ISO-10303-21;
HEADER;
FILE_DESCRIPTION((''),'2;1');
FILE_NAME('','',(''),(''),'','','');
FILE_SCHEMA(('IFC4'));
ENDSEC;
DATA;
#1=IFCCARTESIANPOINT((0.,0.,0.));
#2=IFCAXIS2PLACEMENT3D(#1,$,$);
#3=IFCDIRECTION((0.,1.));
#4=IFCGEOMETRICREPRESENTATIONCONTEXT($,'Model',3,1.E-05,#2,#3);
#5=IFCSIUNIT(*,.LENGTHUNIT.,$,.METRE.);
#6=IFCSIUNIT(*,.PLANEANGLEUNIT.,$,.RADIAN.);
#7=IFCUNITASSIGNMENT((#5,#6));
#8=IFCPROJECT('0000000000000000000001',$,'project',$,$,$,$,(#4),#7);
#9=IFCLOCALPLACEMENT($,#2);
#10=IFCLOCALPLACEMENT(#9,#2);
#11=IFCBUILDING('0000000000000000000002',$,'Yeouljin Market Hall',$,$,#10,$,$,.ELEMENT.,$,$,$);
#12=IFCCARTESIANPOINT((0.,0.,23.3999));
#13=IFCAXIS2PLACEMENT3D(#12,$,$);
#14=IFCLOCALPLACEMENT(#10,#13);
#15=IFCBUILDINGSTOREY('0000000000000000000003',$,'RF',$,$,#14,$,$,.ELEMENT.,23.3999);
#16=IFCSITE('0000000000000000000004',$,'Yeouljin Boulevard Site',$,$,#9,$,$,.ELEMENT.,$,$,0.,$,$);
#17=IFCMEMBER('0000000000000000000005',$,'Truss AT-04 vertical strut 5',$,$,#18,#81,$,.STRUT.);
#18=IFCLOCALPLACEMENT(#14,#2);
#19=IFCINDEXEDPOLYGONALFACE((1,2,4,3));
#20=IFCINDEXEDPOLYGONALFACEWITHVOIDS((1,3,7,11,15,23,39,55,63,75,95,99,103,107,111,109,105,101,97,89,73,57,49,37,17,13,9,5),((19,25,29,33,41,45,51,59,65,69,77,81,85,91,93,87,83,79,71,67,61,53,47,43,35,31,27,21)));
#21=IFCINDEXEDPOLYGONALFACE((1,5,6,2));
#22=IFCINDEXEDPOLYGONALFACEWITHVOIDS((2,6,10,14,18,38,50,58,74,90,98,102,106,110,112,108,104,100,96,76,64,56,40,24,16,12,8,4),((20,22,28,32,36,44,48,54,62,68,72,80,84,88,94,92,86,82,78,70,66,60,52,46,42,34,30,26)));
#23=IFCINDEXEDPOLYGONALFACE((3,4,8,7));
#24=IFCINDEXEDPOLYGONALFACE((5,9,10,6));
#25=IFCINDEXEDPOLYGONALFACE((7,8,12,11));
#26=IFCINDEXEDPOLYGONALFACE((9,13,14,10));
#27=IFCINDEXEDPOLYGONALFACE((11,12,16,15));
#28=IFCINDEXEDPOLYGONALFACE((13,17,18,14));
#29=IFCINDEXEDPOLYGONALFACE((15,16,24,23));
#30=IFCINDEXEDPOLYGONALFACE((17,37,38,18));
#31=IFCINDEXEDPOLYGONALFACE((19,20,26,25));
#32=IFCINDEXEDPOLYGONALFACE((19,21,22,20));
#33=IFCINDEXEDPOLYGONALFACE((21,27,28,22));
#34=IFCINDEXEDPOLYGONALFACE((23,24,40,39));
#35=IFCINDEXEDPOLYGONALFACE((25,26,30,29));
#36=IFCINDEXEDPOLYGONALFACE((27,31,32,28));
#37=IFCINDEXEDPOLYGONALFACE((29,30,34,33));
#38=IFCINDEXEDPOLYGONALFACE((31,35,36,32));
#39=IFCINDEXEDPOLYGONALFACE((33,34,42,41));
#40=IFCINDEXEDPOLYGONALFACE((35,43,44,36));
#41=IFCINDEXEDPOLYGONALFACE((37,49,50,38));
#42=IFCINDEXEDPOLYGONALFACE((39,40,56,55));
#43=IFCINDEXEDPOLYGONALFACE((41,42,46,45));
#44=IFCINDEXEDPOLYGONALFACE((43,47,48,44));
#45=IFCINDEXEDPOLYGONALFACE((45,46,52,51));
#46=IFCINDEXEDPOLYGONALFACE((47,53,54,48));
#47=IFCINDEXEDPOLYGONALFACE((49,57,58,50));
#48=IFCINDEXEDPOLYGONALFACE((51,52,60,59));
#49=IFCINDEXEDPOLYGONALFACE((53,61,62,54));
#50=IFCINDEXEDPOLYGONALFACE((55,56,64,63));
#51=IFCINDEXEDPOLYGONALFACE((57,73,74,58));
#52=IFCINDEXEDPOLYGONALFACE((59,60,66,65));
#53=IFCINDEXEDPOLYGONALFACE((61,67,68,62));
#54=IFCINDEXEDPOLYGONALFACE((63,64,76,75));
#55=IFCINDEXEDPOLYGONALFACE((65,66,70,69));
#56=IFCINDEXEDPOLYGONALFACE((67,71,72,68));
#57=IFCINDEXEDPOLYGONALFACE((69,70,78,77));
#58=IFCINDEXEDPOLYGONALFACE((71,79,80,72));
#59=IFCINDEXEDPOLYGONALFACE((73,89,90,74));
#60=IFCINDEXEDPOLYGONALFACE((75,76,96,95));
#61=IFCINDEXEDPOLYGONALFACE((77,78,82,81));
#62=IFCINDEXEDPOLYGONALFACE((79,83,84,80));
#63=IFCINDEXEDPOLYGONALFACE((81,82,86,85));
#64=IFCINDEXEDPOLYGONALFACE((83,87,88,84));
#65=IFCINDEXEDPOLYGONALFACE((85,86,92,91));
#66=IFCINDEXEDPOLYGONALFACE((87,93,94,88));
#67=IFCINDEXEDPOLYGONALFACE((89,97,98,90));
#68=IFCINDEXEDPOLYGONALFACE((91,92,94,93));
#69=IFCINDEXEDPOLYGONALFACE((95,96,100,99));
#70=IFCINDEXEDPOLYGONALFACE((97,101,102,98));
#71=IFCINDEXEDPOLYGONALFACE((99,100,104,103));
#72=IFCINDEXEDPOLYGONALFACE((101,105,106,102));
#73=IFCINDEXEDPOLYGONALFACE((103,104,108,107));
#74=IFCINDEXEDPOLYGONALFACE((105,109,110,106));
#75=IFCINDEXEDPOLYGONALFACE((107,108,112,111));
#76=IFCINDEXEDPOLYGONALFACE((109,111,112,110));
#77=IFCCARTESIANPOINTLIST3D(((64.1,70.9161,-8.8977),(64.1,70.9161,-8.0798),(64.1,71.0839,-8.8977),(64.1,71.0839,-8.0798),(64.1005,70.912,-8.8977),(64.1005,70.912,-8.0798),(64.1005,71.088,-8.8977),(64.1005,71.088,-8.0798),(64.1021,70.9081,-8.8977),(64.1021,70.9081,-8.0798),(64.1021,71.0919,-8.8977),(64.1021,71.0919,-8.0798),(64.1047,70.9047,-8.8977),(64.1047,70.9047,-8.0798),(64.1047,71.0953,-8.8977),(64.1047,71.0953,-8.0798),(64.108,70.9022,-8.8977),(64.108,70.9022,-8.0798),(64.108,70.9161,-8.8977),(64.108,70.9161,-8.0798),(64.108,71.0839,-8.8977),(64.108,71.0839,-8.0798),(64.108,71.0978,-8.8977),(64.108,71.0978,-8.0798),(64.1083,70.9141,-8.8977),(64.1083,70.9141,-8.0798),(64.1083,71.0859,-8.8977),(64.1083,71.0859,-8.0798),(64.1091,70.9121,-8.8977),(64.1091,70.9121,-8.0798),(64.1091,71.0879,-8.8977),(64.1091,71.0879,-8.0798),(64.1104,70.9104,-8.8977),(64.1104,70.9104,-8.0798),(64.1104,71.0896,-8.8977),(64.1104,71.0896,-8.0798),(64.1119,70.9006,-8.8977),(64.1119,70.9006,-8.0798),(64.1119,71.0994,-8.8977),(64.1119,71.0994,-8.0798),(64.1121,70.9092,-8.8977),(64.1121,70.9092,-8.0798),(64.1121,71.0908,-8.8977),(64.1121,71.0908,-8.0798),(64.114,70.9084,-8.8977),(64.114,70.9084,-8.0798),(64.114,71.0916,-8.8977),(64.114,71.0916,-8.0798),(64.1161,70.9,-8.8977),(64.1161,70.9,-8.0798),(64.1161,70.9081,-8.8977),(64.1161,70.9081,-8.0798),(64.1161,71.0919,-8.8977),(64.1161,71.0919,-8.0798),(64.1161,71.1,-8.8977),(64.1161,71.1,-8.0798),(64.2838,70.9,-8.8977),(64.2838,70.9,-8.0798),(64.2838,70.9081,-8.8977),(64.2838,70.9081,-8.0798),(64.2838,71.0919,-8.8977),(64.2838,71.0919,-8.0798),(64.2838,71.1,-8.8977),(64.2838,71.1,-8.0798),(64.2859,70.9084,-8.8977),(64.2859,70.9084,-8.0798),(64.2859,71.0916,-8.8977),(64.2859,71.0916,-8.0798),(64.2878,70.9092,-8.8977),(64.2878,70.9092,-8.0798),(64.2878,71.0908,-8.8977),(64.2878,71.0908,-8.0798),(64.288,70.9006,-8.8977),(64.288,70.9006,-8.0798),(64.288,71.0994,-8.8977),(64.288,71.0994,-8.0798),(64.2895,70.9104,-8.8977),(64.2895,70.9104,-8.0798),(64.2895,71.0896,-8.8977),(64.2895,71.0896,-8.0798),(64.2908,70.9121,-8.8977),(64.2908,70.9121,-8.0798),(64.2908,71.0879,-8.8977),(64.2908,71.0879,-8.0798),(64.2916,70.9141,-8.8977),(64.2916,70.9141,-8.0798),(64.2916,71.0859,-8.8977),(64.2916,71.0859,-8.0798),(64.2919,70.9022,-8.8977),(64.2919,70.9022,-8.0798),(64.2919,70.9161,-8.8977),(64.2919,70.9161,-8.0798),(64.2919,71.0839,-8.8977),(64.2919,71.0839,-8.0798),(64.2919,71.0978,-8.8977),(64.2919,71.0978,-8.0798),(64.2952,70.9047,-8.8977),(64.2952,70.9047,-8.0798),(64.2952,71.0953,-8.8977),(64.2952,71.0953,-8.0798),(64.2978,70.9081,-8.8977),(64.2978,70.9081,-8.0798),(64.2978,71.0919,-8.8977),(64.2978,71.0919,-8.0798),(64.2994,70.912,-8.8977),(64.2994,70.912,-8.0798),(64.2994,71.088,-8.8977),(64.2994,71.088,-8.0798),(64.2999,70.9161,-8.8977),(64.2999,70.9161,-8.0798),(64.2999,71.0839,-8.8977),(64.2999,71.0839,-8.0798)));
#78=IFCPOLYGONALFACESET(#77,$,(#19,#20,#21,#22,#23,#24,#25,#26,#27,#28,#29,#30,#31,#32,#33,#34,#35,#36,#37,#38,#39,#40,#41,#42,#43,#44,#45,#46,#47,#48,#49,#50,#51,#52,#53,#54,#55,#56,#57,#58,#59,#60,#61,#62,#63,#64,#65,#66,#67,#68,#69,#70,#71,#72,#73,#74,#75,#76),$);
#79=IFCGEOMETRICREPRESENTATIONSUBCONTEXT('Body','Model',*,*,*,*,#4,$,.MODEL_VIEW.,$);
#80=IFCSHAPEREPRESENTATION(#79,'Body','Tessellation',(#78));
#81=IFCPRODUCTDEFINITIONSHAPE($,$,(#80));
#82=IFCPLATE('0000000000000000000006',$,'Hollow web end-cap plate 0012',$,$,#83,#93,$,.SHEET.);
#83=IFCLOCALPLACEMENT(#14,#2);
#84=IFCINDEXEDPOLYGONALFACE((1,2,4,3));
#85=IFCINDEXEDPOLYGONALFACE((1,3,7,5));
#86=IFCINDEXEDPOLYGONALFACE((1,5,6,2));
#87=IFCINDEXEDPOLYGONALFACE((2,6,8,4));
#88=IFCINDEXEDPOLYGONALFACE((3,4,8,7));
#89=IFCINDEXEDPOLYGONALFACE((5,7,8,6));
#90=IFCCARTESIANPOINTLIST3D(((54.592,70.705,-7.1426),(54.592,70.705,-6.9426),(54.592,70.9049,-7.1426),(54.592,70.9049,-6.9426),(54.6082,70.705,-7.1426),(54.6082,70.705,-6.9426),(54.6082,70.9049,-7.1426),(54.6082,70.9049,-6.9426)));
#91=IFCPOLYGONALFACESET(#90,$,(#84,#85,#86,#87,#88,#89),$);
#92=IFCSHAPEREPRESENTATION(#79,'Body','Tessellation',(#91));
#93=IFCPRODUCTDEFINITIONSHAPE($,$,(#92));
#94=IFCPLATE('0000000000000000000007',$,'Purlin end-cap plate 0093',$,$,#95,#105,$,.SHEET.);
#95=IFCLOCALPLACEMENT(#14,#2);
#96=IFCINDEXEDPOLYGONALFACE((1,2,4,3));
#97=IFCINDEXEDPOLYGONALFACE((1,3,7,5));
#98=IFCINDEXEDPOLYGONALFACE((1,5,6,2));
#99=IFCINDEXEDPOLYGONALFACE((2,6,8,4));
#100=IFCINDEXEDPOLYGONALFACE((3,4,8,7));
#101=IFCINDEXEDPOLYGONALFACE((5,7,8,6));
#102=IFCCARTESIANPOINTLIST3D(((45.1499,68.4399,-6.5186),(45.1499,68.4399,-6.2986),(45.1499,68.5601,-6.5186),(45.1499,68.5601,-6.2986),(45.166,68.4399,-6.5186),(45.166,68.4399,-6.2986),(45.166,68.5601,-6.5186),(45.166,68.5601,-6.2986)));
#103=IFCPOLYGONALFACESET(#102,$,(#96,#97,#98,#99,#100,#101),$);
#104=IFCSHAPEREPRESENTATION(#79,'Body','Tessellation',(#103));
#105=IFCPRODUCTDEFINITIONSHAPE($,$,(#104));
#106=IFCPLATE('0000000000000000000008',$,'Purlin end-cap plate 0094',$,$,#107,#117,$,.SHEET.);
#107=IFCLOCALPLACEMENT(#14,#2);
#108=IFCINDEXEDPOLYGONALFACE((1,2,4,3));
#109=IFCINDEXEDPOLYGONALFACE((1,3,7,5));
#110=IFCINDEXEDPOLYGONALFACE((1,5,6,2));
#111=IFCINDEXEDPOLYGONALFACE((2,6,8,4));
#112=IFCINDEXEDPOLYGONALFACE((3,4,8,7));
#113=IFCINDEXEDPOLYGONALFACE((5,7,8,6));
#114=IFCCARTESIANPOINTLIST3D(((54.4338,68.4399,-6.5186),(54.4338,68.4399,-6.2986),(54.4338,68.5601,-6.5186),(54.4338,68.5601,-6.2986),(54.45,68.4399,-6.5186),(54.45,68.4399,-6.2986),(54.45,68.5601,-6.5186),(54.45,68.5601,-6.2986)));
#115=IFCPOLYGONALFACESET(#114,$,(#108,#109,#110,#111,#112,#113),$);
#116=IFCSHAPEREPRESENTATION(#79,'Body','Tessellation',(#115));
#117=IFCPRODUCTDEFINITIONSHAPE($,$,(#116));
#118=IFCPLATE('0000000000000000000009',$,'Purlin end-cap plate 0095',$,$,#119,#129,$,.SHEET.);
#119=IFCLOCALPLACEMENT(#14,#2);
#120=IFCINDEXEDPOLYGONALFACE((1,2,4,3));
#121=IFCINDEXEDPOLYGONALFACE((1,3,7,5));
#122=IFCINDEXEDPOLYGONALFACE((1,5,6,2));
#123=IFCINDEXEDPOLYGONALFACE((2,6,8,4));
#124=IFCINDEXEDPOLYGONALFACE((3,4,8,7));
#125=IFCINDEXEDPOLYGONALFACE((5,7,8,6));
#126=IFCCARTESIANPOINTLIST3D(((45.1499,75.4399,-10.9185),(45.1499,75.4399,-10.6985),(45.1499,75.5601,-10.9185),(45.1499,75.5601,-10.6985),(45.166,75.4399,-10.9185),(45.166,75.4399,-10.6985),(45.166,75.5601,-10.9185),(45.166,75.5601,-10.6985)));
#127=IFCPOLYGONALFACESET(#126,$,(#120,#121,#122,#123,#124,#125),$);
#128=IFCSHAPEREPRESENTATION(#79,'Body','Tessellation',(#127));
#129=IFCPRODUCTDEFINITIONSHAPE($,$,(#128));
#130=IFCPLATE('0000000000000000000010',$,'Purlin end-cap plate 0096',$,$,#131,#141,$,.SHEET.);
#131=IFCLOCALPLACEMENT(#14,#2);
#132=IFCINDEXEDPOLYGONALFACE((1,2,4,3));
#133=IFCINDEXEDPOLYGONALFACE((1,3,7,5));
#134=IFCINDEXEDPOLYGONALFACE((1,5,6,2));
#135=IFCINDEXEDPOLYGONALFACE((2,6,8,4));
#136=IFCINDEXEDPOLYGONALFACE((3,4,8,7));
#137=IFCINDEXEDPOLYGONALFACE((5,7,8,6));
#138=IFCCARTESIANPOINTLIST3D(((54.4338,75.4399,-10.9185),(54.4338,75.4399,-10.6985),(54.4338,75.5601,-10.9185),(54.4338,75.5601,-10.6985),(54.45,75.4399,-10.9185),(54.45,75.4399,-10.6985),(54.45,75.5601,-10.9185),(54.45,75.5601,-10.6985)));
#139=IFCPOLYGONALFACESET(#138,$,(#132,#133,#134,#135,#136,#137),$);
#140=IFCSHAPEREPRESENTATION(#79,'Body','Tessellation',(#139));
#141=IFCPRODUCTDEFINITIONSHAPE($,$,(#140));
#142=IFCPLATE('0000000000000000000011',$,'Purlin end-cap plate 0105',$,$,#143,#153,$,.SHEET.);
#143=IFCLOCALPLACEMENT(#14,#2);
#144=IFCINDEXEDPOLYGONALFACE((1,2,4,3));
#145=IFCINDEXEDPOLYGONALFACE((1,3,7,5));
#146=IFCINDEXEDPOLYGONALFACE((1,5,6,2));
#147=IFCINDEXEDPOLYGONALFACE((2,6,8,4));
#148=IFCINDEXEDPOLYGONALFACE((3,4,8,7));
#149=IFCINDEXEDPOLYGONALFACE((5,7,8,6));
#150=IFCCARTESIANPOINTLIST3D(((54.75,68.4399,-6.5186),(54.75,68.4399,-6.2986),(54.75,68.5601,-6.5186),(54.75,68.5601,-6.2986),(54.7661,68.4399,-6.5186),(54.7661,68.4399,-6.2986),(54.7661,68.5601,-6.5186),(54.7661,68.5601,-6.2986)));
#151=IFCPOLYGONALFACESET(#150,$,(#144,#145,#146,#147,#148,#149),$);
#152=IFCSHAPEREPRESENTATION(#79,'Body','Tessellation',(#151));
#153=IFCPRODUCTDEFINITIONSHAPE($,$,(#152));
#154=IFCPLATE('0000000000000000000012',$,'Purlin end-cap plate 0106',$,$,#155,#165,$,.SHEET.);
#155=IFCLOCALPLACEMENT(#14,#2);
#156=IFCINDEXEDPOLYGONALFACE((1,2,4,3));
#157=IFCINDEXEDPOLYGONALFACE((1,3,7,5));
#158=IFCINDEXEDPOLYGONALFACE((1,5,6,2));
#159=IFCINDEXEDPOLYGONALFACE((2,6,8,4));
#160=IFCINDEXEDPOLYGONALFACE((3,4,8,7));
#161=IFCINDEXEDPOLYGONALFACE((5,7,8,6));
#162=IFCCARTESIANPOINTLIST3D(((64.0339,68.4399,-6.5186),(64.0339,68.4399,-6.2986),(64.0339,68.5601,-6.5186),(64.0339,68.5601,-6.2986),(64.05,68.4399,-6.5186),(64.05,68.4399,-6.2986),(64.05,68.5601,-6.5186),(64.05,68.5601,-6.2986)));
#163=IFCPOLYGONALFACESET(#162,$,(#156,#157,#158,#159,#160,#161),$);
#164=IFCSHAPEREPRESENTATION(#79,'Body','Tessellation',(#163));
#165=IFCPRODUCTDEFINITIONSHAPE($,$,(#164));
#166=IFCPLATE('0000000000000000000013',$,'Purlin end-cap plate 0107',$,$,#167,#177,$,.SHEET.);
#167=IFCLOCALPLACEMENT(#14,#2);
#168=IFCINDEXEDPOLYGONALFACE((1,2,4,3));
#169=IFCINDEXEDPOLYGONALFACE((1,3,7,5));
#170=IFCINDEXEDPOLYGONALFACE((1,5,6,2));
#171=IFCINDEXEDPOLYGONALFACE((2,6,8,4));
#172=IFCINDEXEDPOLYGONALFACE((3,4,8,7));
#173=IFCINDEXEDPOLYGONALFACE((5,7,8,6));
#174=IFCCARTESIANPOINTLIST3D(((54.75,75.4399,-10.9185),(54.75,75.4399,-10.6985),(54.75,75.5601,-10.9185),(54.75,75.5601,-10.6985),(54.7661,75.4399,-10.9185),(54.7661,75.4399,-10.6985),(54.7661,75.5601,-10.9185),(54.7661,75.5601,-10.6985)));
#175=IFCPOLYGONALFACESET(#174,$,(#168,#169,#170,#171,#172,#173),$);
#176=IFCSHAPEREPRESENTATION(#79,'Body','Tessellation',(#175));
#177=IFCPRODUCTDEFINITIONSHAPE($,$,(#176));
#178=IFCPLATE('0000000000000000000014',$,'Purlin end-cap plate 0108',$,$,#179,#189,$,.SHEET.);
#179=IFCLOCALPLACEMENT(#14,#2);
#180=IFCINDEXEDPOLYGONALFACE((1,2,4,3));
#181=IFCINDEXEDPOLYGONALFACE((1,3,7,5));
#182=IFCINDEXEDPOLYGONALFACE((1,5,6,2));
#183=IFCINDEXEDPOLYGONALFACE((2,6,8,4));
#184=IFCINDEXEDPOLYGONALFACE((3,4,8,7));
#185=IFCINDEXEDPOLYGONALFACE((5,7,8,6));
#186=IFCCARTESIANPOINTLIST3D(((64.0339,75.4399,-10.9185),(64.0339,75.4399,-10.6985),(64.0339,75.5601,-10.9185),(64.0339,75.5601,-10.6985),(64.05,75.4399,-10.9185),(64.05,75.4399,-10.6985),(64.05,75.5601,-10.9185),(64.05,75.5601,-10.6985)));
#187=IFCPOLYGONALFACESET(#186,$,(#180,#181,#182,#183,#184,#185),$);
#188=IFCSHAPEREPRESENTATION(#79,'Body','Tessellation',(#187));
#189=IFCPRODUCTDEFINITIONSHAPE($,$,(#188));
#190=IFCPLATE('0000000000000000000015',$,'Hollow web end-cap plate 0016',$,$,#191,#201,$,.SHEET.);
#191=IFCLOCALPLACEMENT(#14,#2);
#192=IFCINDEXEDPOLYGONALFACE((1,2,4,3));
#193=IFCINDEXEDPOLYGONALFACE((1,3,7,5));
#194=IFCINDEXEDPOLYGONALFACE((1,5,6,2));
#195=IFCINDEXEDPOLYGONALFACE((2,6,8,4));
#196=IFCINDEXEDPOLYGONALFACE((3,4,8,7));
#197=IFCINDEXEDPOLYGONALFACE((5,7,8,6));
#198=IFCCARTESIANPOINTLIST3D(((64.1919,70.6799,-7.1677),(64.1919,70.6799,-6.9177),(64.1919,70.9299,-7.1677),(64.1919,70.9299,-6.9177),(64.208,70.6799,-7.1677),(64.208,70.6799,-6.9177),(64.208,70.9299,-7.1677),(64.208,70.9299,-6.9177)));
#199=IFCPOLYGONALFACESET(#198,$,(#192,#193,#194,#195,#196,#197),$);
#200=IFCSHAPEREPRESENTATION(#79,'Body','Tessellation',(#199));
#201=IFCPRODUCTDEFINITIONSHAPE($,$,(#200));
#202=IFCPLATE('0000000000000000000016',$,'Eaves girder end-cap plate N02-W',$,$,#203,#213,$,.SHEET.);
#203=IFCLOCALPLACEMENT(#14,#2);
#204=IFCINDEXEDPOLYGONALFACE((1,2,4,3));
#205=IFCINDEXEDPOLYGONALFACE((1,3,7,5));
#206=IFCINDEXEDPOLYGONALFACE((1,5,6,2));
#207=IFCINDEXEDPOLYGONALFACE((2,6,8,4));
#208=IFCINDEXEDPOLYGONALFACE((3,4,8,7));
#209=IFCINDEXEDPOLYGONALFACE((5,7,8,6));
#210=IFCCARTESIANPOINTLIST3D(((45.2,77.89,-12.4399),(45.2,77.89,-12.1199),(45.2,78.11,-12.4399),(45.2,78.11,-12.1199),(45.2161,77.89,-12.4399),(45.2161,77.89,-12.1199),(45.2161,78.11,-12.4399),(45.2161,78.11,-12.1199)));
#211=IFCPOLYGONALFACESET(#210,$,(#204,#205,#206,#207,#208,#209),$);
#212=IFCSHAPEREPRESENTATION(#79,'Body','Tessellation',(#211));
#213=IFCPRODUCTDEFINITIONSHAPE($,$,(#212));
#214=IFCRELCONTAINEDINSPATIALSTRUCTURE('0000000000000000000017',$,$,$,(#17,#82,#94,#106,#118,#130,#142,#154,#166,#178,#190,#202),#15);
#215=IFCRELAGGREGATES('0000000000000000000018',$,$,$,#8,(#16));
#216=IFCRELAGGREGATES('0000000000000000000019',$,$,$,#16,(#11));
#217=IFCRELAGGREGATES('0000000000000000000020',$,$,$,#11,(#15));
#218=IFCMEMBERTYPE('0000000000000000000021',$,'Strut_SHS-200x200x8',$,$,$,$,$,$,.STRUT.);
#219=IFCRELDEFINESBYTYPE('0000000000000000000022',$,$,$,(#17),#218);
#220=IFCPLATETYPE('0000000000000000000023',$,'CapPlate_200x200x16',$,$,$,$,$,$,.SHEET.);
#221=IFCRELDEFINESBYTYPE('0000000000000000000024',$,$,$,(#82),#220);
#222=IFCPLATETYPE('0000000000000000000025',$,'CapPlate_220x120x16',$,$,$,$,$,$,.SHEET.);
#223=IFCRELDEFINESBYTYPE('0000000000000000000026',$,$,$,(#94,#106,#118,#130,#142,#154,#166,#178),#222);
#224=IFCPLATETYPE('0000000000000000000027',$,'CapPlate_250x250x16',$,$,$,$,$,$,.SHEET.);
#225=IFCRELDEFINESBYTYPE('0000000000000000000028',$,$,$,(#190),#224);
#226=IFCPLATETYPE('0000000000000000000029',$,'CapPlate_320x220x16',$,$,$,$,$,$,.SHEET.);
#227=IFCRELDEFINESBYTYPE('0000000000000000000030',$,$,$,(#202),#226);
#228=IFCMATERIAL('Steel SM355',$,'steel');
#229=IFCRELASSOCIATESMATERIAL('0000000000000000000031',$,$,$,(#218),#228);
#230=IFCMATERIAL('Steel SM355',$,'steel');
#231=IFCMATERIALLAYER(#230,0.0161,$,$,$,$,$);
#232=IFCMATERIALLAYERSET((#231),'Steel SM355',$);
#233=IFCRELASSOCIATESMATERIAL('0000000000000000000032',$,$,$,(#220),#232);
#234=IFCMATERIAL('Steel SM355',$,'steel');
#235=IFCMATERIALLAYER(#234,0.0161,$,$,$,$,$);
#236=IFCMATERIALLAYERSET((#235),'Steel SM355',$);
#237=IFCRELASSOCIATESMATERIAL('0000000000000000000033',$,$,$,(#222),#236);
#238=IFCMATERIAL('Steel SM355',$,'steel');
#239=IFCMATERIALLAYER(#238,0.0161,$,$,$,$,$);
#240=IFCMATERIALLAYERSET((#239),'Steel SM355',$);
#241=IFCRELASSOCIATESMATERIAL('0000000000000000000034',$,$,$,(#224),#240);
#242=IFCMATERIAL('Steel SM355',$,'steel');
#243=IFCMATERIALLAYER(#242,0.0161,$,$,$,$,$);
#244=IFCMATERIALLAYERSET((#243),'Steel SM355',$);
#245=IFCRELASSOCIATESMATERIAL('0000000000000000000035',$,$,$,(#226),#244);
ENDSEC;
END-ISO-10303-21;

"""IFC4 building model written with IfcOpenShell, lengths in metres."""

from ifc_helpers import new_model, si_unit, direction, frame, origin, origin_2d, place, context, subcontext, project, spatial, rectangle, hollow_rectangle, extrude, material, layer, layer_set, material_profile, profile_set, type_object, element, save


model = new_model("IFC4")

# Units and contexts
model_context = context("Model", 3, precision=1e-05, world=origin(), true_north=direction((0.0, 1.0)))
body_context = subcontext(model_context, "Body", "Model", "MODEL_VIEW")
ifc_project = project(units=[si_unit("LENGTHUNIT", "METRE"), si_unit("PLANEANGLEUNIT", "RADIAN")], contexts=[model_context])

# Site, building, storey
site_placement = place(None, origin())
site = spatial("IfcSite", under=ifc_project, at=site_placement, Name="Yeouljin Boulevard Site", CompositionType="ELEMENT", RefElevation=0.0)
building_placement = place(site_placement, origin())
building = spatial("IfcBuilding", under=site, at=building_placement, Name="Yeouljin Market Hall", CompositionType="ELEMENT")
storey_placement = place(building_placement, frame((0.0, 0.0, 23.3999)))
storey = spatial("IfcBuildingStorey", under=building, at=storey_placement, Name="RF", CompositionType="ELEMENT", Elevation=23.3999)

# Member
ifc_material_1 = material(Name="Steel SM355", Category="steel")
ifc_material_profile_1 = material_profile(ifc_material_1, hollow_rectangle(XDim=0.2, YDim=0.2, WallThickness=0.0081, InnerFilletRadius=0.0081, OuterFilletRadius=0.0161, at=origin_2d()), Name="SHS-200x200x8")
ifc_profile_set_1 = profile_set([ifc_material_profile_1], Name="Steel SM355")
member_type_1 = type_object("IfcMemberType", Name="Strut_SHS-200x200x8", PredefinedType="STRUT", material=ifc_profile_set_1)
for number, where, z_axis, x_axis, name in (
    (1, (64.2, 71.0, -8.8977), (0.0, 0.0, 1.0), (1.0, 0.0, 0.0), "Truss AT-04 vertical strut 5"),
):
    element("IfcMember", number, at=place(storey_placement, frame(where, z_axis=z_axis, x_axis=x_axis)), inside=storey, type_object=member_type_1, Name=name, PredefinedType="STRUT", context=body_context, shape_type="SweptSolid", body=[
        extrude(hollow_rectangle(XDim=0.2, YDim=0.2, WallThickness=0.0081, InnerFilletRadius=0.0081, OuterFilletRadius=0.0161, at=origin_2d()), origin(), (0.0, 0.0, 1.0), 0.8179),
    ])

# Plates
ifc_material_2 = material(Name="Steel SM355", Category="steel")
ifc_layer_1 = layer(ifc_material_2, 0.0161)
ifc_layer_set_1 = layer_set([ifc_layer_1], Name="Steel SM355")
plate_type_1 = type_object("IfcPlateType", Name="CapPlate_200x200x16", PredefinedType="SHEET", material=ifc_layer_set_1)
plate_1_placement = place(storey_placement, frame((54.6001, 70.8049, -7.1426), z_axis=(0.0, 0.0, 1.0), x_axis=(0.0, 1.0, 0.0)))
element("IfcPlate", 2, at=plate_1_placement, inside=storey, type_object=plate_type_1, Name="Hollow web end-cap plate 0012", PredefinedType="SHEET", context=body_context, shape_type="SweptSolid", body=[
    extrude(rectangle(XDim=0.2, YDim=0.0161, at=origin_2d()), origin(), (0.0, 0.0, 1.0), 0.2),
])
ifc_material_3 = material(Name="Steel SM355", Category="steel")
ifc_layer_2 = layer(ifc_material_3, 0.0161)
ifc_layer_set_2 = layer_set([ifc_layer_2], Name="Steel SM355")
plate_type_2 = type_object("IfcPlateType", Name="CapPlate_220x120x16", PredefinedType="SHEET", material=ifc_layer_set_2)
for number, where, z_axis, x_axis, name in (
    (3, (45.158, 68.5, -6.5186), (0.0, 0.0, 1.0), (0.0, 1.0, 0.0), "Purlin end-cap plate 0093"),
    (4, (54.4419, 68.5, -6.5186), (0.0, 0.0, 1.0), (0.0, 1.0, 0.0), "Purlin end-cap plate 0094"),
    (5, (45.158, 75.5, -10.9185), (0.0, 0.0, 1.0), (0.0, 1.0, 0.0), "Purlin end-cap plate 0095"),
    (6, (54.4419, 75.5, -10.9185), (0.0, 0.0, 1.0), (0.0, 1.0, 0.0), "Purlin end-cap plate 0096"),
    (7, (54.7581, 68.5, -6.5186), (0.0, 0.0, 1.0), (0.0, 1.0, 0.0), "Purlin end-cap plate 0105"),
    (8, (64.042, 68.5, -6.5186), (0.0, 0.0, 1.0), (0.0, 1.0, 0.0), "Purlin end-cap plate 0106"),
    (9, (54.7581, 75.5, -10.9185), (0.0, 0.0, 1.0), (0.0, 1.0, 0.0), "Purlin end-cap plate 0107"),
    (10, (64.042, 75.5, -10.9185), (0.0, 0.0, 1.0), (0.0, 1.0, 0.0), "Purlin end-cap plate 0108"),
):
    element("IfcPlate", number, at=place(storey_placement, frame(where, z_axis=z_axis, x_axis=x_axis)), inside=storey, type_object=plate_type_2, Name=name, PredefinedType="SHEET", context=body_context, shape_type="SweptSolid", body=[
        extrude(rectangle(XDim=0.1201, YDim=0.0161, at=origin_2d()), origin(), (0.0, 0.0, 1.0), 0.22),
    ])
ifc_material_4 = material(Name="Steel SM355", Category="steel")
ifc_layer_3 = layer(ifc_material_4, 0.0161)
ifc_layer_set_3 = layer_set([ifc_layer_3], Name="Steel SM355")
plate_type_3 = type_object("IfcPlateType", Name="CapPlate_250x250x16", PredefinedType="SHEET", material=ifc_layer_set_3)
plate_2_placement = place(storey_placement, frame((64.2, 70.8049, -7.1677), z_axis=(0.0, 0.0, 1.0), x_axis=(0.0, 1.0, 0.0)))
element("IfcPlate", 11, at=plate_2_placement, inside=storey, type_object=plate_type_3, Name="Hollow web end-cap plate 0016", PredefinedType="SHEET", context=body_context, shape_type="SweptSolid", body=[
    extrude(rectangle(XDim=0.25, YDim=0.0161, at=origin_2d()), origin(), (0.0, 0.0, 1.0), 0.25),
])
ifc_material_5 = material(Name="Steel SM355", Category="steel")
ifc_layer_4 = layer(ifc_material_5, 0.0161)
ifc_layer_set_4 = layer_set([ifc_layer_4], Name="Steel SM355")
plate_type_4 = type_object("IfcPlateType", Name="CapPlate_320x220x16", PredefinedType="SHEET", material=ifc_layer_set_4)
for number, where, z_axis, x_axis, name in (
    (12, (45.208, 78.0, -12.4399), (0.0, 0.0, 1.0), (0.0, 1.0, 0.0), "Eaves girder end-cap plate N02-W"),
):
    element("IfcPlate", number, at=place(storey_placement, frame(where, z_axis=z_axis, x_axis=x_axis)), inside=storey, type_object=plate_type_4, Name=name, PredefinedType="SHEET", context=body_context, shape_type="SweptSolid", body=[
        extrude(rectangle(XDim=0.22, YDim=0.0161, at=origin_2d()), origin(), (0.0, 0.0, 1.0), 0.3201),
    ])

save(model, "model.ifc")
